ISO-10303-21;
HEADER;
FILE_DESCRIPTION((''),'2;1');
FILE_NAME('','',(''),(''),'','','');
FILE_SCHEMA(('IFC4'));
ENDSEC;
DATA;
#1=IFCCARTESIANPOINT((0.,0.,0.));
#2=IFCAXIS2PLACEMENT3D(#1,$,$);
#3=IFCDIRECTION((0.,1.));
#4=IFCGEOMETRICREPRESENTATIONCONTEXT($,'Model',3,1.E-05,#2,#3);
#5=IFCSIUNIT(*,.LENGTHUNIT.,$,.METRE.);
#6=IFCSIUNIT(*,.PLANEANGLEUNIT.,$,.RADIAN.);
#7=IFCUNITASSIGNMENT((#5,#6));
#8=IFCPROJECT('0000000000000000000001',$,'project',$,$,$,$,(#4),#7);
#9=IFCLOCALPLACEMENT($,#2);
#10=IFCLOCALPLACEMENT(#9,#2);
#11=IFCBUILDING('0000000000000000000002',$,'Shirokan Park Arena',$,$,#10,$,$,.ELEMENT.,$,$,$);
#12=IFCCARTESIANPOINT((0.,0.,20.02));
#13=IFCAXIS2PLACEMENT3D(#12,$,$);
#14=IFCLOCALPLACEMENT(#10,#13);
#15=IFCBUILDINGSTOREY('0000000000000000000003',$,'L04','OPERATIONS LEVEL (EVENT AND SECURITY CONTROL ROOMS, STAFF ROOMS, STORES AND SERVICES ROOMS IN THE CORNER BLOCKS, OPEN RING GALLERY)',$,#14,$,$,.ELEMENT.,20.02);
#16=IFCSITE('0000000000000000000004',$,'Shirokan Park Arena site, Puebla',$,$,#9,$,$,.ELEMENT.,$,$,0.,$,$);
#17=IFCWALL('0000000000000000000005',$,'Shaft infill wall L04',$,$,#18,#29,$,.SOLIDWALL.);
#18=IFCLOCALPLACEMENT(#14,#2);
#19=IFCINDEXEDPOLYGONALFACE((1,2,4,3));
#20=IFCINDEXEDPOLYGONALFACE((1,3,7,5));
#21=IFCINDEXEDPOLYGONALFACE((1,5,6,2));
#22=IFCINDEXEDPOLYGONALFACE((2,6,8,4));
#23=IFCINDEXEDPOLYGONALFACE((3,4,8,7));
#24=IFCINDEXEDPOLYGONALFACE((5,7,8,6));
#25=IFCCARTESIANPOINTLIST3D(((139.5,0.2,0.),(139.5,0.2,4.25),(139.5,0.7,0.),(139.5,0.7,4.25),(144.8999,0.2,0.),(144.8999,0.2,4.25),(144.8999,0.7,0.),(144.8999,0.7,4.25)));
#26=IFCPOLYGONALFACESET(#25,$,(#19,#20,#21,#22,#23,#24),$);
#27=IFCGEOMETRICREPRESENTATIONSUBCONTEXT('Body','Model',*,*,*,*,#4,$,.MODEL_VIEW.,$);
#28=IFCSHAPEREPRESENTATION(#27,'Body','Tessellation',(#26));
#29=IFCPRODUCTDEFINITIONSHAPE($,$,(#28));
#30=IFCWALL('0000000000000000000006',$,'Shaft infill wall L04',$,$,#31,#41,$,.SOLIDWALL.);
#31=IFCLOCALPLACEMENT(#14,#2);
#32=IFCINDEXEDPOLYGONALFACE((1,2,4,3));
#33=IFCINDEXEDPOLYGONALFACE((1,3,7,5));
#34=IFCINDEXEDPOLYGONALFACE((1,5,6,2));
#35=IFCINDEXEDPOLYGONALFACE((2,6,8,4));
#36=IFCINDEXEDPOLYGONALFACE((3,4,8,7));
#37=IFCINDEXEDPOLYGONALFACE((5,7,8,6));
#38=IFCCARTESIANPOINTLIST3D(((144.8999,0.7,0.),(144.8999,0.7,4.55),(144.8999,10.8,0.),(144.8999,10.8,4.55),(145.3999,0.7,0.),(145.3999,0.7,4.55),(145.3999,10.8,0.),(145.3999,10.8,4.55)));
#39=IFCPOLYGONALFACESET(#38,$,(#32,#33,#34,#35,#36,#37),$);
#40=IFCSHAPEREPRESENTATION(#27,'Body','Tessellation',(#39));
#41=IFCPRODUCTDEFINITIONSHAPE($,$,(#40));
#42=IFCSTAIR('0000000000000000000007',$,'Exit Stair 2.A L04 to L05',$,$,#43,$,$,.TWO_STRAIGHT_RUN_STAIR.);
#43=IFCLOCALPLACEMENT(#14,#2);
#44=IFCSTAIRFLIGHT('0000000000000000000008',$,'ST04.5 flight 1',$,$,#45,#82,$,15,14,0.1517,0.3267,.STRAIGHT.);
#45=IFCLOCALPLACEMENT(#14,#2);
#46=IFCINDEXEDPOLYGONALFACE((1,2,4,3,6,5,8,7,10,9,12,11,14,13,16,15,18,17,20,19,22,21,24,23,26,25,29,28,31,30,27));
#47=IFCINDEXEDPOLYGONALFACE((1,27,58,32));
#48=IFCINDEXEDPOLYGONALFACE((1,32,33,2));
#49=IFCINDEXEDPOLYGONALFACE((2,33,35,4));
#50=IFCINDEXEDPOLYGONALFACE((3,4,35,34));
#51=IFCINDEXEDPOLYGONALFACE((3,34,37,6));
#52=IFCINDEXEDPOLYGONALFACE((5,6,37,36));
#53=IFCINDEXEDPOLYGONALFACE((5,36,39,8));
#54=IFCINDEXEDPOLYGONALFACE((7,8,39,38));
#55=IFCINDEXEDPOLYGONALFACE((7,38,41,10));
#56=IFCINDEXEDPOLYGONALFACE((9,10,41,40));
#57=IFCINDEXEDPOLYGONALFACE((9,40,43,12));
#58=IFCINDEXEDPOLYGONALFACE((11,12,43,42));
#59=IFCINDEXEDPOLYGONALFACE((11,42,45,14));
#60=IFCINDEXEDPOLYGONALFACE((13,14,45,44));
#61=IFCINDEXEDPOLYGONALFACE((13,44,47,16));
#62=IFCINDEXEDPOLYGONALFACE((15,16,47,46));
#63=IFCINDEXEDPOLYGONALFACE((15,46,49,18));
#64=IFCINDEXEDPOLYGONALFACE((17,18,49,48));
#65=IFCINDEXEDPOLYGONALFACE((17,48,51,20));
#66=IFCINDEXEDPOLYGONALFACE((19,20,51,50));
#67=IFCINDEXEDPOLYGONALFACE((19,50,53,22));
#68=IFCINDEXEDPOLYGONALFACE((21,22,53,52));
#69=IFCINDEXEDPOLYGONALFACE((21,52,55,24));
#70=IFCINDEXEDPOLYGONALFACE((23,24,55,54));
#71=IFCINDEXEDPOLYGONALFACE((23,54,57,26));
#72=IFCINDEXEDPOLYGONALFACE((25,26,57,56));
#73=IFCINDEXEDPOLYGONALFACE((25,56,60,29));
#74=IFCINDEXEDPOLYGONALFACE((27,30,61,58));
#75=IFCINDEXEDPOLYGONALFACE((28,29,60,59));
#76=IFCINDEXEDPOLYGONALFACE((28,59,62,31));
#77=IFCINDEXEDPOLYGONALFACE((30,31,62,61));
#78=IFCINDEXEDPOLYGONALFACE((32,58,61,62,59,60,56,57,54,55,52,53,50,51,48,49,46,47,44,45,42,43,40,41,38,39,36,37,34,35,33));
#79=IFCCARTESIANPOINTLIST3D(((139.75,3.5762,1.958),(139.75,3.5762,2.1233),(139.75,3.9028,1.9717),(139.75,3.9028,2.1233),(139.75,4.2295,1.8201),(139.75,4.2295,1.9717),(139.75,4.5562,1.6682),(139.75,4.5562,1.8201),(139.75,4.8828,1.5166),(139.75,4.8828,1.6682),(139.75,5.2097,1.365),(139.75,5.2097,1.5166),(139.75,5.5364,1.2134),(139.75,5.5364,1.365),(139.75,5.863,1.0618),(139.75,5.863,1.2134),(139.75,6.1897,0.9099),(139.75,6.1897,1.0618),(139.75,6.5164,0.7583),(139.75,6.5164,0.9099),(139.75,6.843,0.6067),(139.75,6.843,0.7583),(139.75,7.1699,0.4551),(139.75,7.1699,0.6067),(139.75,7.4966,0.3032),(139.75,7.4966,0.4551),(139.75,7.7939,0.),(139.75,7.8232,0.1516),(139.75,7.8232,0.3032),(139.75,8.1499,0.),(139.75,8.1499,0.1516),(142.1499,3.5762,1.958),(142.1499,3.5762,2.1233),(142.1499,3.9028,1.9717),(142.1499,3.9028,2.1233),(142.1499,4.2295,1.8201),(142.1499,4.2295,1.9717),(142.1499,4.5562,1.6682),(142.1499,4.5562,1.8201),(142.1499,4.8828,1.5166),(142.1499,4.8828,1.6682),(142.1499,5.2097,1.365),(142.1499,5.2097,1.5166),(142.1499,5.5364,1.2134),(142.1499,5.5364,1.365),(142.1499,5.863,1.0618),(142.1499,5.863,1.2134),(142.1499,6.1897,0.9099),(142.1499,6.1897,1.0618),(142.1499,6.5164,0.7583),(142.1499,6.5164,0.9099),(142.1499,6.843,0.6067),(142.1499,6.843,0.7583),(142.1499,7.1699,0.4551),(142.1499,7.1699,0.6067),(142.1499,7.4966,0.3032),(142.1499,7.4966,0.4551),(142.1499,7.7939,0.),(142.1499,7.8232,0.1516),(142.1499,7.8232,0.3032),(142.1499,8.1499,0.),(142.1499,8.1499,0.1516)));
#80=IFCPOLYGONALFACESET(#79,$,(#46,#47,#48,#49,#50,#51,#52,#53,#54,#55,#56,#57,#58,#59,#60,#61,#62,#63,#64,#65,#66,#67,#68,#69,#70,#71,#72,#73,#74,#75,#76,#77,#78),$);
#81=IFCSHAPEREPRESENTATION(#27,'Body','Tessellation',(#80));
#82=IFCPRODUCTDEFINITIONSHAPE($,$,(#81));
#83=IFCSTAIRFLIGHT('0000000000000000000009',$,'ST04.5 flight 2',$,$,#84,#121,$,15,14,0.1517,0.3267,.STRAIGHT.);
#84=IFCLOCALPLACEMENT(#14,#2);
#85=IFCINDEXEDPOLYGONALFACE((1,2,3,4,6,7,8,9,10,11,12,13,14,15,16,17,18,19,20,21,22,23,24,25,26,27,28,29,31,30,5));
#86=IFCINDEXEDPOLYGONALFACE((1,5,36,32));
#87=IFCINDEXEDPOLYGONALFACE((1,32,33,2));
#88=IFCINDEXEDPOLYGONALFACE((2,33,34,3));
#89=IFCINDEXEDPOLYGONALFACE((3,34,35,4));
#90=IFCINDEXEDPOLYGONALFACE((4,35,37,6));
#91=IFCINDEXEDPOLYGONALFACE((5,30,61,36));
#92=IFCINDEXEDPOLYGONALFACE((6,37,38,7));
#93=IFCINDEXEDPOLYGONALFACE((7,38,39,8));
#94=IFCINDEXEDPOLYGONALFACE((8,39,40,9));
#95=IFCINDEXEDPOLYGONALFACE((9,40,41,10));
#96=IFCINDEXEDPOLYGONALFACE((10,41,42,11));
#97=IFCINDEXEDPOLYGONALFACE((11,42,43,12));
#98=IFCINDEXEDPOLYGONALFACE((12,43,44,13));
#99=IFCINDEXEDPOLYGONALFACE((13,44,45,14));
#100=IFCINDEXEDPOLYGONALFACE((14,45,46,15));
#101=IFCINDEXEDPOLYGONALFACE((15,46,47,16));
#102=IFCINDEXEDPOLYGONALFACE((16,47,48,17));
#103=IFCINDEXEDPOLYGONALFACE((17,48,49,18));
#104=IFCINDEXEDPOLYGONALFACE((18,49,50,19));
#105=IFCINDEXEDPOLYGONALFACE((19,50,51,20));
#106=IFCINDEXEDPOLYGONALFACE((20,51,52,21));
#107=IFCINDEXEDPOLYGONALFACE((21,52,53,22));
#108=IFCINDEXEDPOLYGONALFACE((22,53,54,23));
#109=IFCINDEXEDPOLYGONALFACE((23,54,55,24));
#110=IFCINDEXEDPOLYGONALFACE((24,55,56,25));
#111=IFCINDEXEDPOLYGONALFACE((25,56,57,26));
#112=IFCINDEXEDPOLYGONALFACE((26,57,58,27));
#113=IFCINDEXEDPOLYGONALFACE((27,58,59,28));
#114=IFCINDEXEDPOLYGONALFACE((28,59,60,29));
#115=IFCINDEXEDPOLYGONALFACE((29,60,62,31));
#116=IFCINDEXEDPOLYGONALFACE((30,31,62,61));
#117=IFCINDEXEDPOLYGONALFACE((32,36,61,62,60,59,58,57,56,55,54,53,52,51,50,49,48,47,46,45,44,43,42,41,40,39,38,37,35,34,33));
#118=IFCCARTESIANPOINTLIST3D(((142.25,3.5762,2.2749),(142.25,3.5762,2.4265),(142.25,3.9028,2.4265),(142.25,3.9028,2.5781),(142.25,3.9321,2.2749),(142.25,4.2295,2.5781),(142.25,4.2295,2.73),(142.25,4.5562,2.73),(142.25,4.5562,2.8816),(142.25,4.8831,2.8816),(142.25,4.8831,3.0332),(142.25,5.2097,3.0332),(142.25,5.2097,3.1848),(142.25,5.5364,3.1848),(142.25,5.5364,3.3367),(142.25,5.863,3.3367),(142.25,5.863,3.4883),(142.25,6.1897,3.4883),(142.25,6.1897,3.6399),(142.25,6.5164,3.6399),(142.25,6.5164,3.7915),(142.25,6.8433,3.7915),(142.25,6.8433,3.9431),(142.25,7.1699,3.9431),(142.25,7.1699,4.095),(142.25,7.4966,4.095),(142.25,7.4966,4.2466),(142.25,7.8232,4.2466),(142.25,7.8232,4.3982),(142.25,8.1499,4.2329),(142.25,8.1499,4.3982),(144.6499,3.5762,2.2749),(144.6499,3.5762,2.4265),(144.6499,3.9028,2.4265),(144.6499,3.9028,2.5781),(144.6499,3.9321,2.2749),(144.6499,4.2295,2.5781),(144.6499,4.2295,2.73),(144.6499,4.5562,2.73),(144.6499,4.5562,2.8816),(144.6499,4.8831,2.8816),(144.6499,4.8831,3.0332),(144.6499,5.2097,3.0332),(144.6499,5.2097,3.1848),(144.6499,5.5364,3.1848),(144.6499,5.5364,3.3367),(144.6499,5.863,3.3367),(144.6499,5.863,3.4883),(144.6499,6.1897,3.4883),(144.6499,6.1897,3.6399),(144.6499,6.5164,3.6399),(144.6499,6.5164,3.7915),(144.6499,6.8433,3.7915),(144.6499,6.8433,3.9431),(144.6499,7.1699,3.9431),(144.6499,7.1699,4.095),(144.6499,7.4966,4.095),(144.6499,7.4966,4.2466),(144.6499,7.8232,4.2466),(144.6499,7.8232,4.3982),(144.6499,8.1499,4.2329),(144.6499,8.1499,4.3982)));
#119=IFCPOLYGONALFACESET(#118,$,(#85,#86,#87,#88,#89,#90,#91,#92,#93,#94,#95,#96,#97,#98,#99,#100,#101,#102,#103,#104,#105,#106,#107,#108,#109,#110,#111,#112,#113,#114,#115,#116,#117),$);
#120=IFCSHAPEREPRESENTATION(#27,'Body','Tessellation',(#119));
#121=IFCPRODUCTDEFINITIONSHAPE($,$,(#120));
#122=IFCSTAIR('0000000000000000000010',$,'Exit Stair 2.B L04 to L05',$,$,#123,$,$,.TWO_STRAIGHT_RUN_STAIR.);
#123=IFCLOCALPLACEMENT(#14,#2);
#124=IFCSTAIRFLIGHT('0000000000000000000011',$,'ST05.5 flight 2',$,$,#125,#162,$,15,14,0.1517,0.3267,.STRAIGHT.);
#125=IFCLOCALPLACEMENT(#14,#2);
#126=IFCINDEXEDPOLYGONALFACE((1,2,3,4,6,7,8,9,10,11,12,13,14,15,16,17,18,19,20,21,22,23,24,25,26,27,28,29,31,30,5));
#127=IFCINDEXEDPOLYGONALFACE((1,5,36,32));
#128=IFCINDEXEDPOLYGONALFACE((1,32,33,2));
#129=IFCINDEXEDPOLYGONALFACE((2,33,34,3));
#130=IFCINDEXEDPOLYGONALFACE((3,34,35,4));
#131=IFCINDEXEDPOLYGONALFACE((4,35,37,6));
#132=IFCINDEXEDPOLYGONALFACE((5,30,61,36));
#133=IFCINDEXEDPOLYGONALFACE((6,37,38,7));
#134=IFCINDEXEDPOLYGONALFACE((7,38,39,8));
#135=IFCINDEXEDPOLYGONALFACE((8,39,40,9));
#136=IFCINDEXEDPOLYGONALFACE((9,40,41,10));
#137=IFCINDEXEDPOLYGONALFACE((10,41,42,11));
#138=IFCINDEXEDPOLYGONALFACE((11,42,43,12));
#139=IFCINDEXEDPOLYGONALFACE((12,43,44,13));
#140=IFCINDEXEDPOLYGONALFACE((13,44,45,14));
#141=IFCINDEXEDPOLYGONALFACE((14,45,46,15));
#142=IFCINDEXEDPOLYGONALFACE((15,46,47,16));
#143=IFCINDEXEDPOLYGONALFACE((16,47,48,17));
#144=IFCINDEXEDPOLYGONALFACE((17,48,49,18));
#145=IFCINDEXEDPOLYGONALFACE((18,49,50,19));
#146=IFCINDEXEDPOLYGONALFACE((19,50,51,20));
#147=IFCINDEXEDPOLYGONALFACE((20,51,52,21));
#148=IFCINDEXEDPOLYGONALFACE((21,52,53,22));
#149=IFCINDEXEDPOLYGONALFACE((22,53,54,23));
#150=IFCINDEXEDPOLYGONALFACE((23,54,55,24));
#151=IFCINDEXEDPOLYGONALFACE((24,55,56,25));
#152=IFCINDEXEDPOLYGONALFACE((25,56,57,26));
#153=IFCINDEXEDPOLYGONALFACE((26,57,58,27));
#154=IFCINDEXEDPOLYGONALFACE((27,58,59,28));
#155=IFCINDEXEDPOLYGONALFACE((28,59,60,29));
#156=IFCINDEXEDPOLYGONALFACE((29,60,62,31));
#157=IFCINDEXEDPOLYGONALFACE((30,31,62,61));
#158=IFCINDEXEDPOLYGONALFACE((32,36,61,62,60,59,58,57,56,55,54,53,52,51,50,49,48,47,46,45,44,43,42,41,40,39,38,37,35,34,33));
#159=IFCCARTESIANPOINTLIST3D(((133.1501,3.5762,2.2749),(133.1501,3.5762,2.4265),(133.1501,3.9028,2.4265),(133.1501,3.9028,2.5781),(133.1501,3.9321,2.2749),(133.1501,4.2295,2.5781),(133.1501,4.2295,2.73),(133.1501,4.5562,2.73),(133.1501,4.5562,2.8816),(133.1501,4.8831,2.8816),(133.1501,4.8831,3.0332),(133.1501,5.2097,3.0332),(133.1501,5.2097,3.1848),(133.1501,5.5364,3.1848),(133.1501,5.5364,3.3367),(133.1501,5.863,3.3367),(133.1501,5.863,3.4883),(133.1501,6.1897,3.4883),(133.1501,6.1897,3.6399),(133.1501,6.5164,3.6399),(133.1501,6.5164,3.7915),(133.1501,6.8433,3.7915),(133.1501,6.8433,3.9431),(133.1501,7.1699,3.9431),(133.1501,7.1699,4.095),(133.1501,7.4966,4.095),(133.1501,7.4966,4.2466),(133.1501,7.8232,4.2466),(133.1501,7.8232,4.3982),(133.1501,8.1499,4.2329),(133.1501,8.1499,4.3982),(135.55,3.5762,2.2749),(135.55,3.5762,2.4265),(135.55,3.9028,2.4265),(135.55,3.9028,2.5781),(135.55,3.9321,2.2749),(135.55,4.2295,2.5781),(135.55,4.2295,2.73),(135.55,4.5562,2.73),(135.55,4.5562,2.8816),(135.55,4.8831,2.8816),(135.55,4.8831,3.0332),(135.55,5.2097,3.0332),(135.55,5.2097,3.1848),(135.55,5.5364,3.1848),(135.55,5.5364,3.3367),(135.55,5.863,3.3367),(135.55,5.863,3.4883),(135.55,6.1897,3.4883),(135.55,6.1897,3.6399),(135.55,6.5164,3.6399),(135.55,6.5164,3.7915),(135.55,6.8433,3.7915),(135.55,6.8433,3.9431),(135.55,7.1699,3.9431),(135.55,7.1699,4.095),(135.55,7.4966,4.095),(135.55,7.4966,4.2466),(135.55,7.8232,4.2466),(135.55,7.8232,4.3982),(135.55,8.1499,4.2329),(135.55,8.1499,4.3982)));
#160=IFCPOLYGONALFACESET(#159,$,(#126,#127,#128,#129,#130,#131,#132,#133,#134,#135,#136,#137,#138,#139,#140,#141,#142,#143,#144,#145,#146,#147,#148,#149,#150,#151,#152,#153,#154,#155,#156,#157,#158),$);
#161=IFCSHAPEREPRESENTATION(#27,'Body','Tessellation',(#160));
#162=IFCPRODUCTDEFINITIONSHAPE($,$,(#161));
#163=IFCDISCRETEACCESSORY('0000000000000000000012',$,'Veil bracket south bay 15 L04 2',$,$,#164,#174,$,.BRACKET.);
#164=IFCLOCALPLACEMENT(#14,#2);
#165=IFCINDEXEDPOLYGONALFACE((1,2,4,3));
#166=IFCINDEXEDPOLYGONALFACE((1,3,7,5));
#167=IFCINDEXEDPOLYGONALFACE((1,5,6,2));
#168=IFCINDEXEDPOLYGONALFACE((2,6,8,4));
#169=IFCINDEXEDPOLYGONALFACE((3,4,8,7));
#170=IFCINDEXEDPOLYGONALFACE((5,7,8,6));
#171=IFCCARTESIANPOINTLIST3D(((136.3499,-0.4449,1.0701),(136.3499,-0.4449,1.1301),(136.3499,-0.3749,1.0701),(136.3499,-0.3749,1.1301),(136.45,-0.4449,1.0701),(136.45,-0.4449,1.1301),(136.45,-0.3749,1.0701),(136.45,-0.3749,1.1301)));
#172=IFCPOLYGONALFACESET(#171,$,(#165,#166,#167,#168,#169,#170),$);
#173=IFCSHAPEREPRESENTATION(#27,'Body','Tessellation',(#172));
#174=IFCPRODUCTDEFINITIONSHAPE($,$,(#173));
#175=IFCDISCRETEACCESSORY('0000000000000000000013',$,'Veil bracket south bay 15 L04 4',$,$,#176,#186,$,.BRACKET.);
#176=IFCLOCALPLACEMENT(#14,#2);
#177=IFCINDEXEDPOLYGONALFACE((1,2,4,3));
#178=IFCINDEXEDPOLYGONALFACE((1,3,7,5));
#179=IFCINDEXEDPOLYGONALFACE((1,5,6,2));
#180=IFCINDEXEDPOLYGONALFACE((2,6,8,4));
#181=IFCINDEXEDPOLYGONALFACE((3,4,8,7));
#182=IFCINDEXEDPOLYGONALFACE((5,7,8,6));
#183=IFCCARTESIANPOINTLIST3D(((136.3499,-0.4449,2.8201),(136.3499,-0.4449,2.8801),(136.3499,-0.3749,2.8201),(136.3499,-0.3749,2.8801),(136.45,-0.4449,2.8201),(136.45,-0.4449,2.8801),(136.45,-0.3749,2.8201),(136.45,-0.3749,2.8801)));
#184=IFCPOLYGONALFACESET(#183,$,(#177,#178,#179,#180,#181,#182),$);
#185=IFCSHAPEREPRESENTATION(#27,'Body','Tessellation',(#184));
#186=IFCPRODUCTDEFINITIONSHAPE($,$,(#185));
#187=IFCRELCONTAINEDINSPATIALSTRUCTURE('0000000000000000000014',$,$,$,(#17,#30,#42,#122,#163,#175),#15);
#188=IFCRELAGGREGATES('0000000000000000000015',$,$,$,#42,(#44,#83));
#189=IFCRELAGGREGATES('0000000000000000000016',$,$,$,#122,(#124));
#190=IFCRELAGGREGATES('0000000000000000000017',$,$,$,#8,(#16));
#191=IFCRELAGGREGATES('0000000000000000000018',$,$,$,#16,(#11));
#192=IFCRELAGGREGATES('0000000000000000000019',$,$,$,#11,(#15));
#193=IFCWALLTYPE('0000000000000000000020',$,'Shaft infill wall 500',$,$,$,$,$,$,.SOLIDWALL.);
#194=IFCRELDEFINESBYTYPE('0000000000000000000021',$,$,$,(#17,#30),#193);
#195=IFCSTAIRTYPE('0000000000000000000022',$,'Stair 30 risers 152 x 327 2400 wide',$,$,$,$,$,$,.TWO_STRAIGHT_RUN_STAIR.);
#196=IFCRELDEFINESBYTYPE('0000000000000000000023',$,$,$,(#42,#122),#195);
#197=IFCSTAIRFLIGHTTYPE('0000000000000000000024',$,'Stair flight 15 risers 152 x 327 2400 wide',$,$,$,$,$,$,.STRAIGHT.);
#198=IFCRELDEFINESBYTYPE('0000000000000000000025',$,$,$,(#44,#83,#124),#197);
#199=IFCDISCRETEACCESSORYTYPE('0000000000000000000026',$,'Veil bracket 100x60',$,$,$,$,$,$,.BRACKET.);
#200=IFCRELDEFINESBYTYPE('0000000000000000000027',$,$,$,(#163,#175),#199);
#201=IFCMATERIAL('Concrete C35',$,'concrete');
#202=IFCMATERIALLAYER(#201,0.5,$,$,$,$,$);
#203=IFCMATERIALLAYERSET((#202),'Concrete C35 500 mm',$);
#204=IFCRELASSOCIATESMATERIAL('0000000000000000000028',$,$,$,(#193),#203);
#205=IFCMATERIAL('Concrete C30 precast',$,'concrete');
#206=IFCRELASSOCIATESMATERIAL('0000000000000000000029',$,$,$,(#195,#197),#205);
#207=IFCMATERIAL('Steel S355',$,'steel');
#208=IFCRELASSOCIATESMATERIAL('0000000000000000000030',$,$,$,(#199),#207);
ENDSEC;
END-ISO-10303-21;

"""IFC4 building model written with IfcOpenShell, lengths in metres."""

from ifc_helpers import new_model, si_unit, direction, frame, frame_2d, origin, origin_2d, place, context, subcontext, project, spatial, polyline, rectangle, outline, extrude, material, layer, layer_set, type_object, element, aggregate, save


model = new_model("IFC4")

# Units and contexts
model_context = context("Model", 3, precision=1e-05, world=origin(), true_north=direction((0.0, 1.0)))
body_context = subcontext(model_context, "Body", "Model", "MODEL_VIEW")
ifc_project = project(units=[si_unit("LENGTHUNIT", "METRE"), si_unit("PLANEANGLEUNIT", "RADIAN")], contexts=[model_context])

# Site, building, storey
site_placement = place(None, origin())
site = spatial("IfcSite", under=ifc_project, at=site_placement, Name="Shirokan Park Arena site, Puebla", CompositionType="ELEMENT", RefElevation=0.0)
building_placement = place(site_placement, origin())
building = spatial("IfcBuilding", under=site, at=building_placement, Name="Shirokan Park Arena", CompositionType="ELEMENT")
storey_placement = place(building_placement, frame((0.0, 0.0, 20.02)))
storey = spatial("IfcBuildingStorey", under=building, at=storey_placement, Name="L04", Description="OPERATIONS LEVEL (EVENT AND SECURITY CONTROL ROOMS, STAFF ROOMS, STORES AND SERVICES ROOMS IN THE CORNER BLOCKS, OPEN RING GALLERY)", CompositionType="ELEMENT", Elevation=20.02)

# Shared definitions
ifc_material_1 = material(Name="Concrete C35", Category="concrete")

# Walls
ifc_layer_1 = layer(ifc_material_1, 0.5)
ifc_layer_set_1 = layer_set([ifc_layer_1], Name="Concrete C35 500 mm")
wall_type_1 = type_object("IfcWallType", Name="Shaft infill wall 500", PredefinedType="SOLIDWALL", material=ifc_layer_set_1)
wall_1_placement = place(storey_placement, frame((139.5, 0.45, 0.0), z_axis=(0.0, 0.0, 1.0), x_axis=(1.0, 0.0, 0.0)))
element("IfcWall", 1, at=wall_1_placement, inside=storey, type_object=wall_type_1, Name="Shaft infill wall L04", PredefinedType="SOLIDWALL", context=body_context, shape_type="SweptSolid", body=[
    extrude(rectangle(XDim=5.3999, YDim=0.5, at=frame_2d((2.7, 0.0))), origin(), (0.0, 0.0, 1.0), 4.25),
])
wall_2_placement = place(storey_placement, frame((145.1499, 0.7, 0.0), z_axis=(0.0, 0.0, 1.0), x_axis=(0.0, 1.0, 0.0)))
element("IfcWall", 2, at=wall_2_placement, inside=storey, type_object=wall_type_1, Name="Shaft infill wall L04", PredefinedType="SOLIDWALL", context=body_context, shape_type="SweptSolid", body=[
    extrude(rectangle(XDim=10.1001, YDim=0.5, at=frame_2d((5.05, 0.0))), origin(), (0.0, 0.0, 1.0), 4.55),
])

# Stair, stair flights
ifc_material_2 = material(Name="Concrete C30 precast", Category="concrete")
stair_type = type_object("IfcStairType", Name="Stair 30 risers 152 x 327 2400 wide", PredefinedType="TWO_STRAIGHT_RUN_STAIR", material=ifc_material_2)
stair_1_placement = place(storey_placement, origin())
stair_1 = element("IfcStair", 3, at=stair_1_placement, inside=storey, type_object=stair_type, Name="Exit Stair 2.A L04 to L05", PredefinedType="TWO_STRAIGHT_RUN_STAIR")
stair_flight_type = type_object("IfcStairFlightType", Name="Stair flight 15 risers 152 x 327 2400 wide", PredefinedType="STRAIGHT", material=ifc_material_2)
stair_flight_1_placement = place(storey_placement, frame((140.95, 8.1499, 0.0), z_axis=(0.0, 0.0, 1.0), x_axis=(0.0, -1.0, 0.0)))
stair_flight_1 = element("IfcStairFlight", 4, at=stair_flight_1_placement, type_object=stair_flight_type, Name="ST04.5 flight 1", NumberOfRisers=15, NumberOfTreads=14, PredefinedType="STRAIGHT", RiserHeight=0.1517, TreadLength=0.3267, context=body_context, shape_type="SweptSolid", body=[
    extrude(outline(polyline([(0.0, 0.0), (0.0, 0.1516), (0.3267, 0.1516), (0.3267, 0.3032), (0.6533, 0.3032), (0.6533, 0.4551), (0.98, 0.4551), (0.98, 0.6067), (1.3069, 0.6067), (1.3069, 0.7583), (1.6335, 0.7583), (1.6335, 0.9099), (1.9602, 0.9099), (1.9602, 1.0618), (2.2869, 1.0618), (2.2869, 1.2134), (2.6135, 1.2134), (2.6135, 1.365), (2.9402, 1.365), (2.9402, 1.5166), (3.2671, 1.5166), (3.2671, 1.6682), (3.5938, 1.6682), (3.5938, 1.8201), (3.9204, 1.8201), (3.9204, 1.9717), (4.2471, 1.9717), (4.2471, 2.1233), (4.5737, 2.1233), (4.5737, 2.2749), (4.5737, 1.958), (0.356, 0.0), (0.0, 0.0)])), frame((0.0, 1.2, 0.0), z_axis=(0.0, -1.0, 0.0), x_axis=(1.0, 0.0, 0.0)), (0.0, 0.0, 1.0), 2.3999),
])
stair_flight_2_placement = place(storey_placement, frame((143.45, 3.5762, 2.2749), z_axis=(0.0, 0.0, 1.0), x_axis=(0.0, 1.0, 0.0)))
stair_flight_2 = element("IfcStairFlight", 5, at=stair_flight_2_placement, type_object=stair_flight_type, Name="ST04.5 flight 2", NumberOfRisers=15, NumberOfTreads=14, PredefinedType="STRAIGHT", RiserHeight=0.1517, TreadLength=0.3267, context=body_context, shape_type="SweptSolid", body=[
    extrude(outline(polyline([(0.0, 0.0), (0.0, 0.1516), (0.3267, 0.1516), (0.3267, 0.3032), (0.6533, 0.3032), (0.6533, 0.4551), (0.98, 0.4551), (0.98, 0.6067), (1.3069, 0.6067), (1.3069, 0.7583), (1.6335, 0.7583), (1.6335, 0.9099), (1.9602, 0.9099), (1.9602, 1.0618), (2.2869, 1.0618), (2.2869, 1.2134), (2.6135, 1.2134), (2.6135, 1.365), (2.9402, 1.365), (2.9402, 1.5166), (3.2671, 1.5166), (3.2671, 1.6682), (3.5938, 1.6682), (3.5938, 1.8201), (3.9204, 1.8201), (3.9204, 1.9717), (4.2471, 1.9717), (4.2471, 2.1233), (4.5737, 2.1233), (4.5737, 2.2749), (4.5737, 1.958), (0.356, 0.0), (0.0, 0.0)])), frame((0.0, 1.2, 0.0), z_axis=(0.0, -1.0, 0.0), x_axis=(1.0, 0.0, 0.0)), (0.0, 0.0, 1.0), 2.3999),
])
aggregate(stair_1, [stair_flight_1, stair_flight_2])

# Stair, stair flight
stair_2_placement = place(storey_placement, origin())
stair_2 = element("IfcStair", 6, at=stair_2_placement, inside=storey, type_object=stair_type, Name="Exit Stair 2.B L04 to L05", PredefinedType="TWO_STRAIGHT_RUN_STAIR")
stair_flight_3_placement = place(storey_placement, frame((134.3501, 3.5762, 2.2749), z_axis=(0.0, 0.0, 1.0), x_axis=(0.0, 1.0, 0.0)))
stair_flight_3 = element("IfcStairFlight", 7, at=stair_flight_3_placement, type_object=stair_flight_type, Name="ST05.5 flight 2", NumberOfRisers=15, NumberOfTreads=14, PredefinedType="STRAIGHT", RiserHeight=0.1517, TreadLength=0.3267, context=body_context, shape_type="SweptSolid", body=[
    extrude(outline(polyline([(0.0, 0.0), (0.0, 0.1516), (0.3267, 0.1516), (0.3267, 0.3032), (0.6533, 0.3032), (0.6533, 0.4551), (0.98, 0.4551), (0.98, 0.6067), (1.3069, 0.6067), (1.3069, 0.7583), (1.6335, 0.7583), (1.6335, 0.9099), (1.9602, 0.9099), (1.9602, 1.0618), (2.2869, 1.0618), (2.2869, 1.2134), (2.6135, 1.2134), (2.6135, 1.365), (2.9402, 1.365), (2.9402, 1.5166), (3.2671, 1.5166), (3.2671, 1.6682), (3.5938, 1.6682), (3.5938, 1.8201), (3.9204, 1.8201), (3.9204, 1.9717), (4.2471, 1.9717), (4.2471, 2.1233), (4.5737, 2.1233), (4.5737, 2.2749), (4.5737, 1.958), (0.356, 0.0), (0.0, 0.0)])), frame((0.0, 1.2, 0.0), z_axis=(0.0, -1.0, 0.0), x_axis=(1.0, 0.0, 0.0)), (0.0, 0.0, 1.0), 2.3999),
])
aggregate(stair_2, [stair_flight_3])

# Discrete accessories
ifc_material_3 = material(Name="Steel S355", Category="steel")
discrete_accessory_type = type_object("IfcDiscreteAccessoryType", Name="Veil bracket 100x60", PredefinedType="BRACKET", material=ifc_material_3)
for number, where, z_axis, x_axis, name in (
    (8, (136.3999, -0.4099, 1.0701), (0.0, 0.0, 1.0), (1.0, 0.0, 0.0), "Veil bracket south bay 15 L04 2"),
    (9, (136.3999, -0.4099, 2.8201), (0.0, 0.0, 1.0), (1.0, 0.0, 0.0), "Veil bracket south bay 15 L04 4"),
):
    element("IfcDiscreteAccessory", number, at=place(storey_placement, frame(where, z_axis=z_axis, x_axis=x_axis)), inside=storey, type_object=discrete_accessory_type, Name=name, PredefinedType="BRACKET", context=body_context, shape_type="SweptSolid", body=[
        extrude(rectangle(XDim=0.1001, YDim=0.0701, at=origin_2d()), origin(), (0.0, 0.0, 1.0), 0.0601),
    ])

save(model, "model.ifc")
